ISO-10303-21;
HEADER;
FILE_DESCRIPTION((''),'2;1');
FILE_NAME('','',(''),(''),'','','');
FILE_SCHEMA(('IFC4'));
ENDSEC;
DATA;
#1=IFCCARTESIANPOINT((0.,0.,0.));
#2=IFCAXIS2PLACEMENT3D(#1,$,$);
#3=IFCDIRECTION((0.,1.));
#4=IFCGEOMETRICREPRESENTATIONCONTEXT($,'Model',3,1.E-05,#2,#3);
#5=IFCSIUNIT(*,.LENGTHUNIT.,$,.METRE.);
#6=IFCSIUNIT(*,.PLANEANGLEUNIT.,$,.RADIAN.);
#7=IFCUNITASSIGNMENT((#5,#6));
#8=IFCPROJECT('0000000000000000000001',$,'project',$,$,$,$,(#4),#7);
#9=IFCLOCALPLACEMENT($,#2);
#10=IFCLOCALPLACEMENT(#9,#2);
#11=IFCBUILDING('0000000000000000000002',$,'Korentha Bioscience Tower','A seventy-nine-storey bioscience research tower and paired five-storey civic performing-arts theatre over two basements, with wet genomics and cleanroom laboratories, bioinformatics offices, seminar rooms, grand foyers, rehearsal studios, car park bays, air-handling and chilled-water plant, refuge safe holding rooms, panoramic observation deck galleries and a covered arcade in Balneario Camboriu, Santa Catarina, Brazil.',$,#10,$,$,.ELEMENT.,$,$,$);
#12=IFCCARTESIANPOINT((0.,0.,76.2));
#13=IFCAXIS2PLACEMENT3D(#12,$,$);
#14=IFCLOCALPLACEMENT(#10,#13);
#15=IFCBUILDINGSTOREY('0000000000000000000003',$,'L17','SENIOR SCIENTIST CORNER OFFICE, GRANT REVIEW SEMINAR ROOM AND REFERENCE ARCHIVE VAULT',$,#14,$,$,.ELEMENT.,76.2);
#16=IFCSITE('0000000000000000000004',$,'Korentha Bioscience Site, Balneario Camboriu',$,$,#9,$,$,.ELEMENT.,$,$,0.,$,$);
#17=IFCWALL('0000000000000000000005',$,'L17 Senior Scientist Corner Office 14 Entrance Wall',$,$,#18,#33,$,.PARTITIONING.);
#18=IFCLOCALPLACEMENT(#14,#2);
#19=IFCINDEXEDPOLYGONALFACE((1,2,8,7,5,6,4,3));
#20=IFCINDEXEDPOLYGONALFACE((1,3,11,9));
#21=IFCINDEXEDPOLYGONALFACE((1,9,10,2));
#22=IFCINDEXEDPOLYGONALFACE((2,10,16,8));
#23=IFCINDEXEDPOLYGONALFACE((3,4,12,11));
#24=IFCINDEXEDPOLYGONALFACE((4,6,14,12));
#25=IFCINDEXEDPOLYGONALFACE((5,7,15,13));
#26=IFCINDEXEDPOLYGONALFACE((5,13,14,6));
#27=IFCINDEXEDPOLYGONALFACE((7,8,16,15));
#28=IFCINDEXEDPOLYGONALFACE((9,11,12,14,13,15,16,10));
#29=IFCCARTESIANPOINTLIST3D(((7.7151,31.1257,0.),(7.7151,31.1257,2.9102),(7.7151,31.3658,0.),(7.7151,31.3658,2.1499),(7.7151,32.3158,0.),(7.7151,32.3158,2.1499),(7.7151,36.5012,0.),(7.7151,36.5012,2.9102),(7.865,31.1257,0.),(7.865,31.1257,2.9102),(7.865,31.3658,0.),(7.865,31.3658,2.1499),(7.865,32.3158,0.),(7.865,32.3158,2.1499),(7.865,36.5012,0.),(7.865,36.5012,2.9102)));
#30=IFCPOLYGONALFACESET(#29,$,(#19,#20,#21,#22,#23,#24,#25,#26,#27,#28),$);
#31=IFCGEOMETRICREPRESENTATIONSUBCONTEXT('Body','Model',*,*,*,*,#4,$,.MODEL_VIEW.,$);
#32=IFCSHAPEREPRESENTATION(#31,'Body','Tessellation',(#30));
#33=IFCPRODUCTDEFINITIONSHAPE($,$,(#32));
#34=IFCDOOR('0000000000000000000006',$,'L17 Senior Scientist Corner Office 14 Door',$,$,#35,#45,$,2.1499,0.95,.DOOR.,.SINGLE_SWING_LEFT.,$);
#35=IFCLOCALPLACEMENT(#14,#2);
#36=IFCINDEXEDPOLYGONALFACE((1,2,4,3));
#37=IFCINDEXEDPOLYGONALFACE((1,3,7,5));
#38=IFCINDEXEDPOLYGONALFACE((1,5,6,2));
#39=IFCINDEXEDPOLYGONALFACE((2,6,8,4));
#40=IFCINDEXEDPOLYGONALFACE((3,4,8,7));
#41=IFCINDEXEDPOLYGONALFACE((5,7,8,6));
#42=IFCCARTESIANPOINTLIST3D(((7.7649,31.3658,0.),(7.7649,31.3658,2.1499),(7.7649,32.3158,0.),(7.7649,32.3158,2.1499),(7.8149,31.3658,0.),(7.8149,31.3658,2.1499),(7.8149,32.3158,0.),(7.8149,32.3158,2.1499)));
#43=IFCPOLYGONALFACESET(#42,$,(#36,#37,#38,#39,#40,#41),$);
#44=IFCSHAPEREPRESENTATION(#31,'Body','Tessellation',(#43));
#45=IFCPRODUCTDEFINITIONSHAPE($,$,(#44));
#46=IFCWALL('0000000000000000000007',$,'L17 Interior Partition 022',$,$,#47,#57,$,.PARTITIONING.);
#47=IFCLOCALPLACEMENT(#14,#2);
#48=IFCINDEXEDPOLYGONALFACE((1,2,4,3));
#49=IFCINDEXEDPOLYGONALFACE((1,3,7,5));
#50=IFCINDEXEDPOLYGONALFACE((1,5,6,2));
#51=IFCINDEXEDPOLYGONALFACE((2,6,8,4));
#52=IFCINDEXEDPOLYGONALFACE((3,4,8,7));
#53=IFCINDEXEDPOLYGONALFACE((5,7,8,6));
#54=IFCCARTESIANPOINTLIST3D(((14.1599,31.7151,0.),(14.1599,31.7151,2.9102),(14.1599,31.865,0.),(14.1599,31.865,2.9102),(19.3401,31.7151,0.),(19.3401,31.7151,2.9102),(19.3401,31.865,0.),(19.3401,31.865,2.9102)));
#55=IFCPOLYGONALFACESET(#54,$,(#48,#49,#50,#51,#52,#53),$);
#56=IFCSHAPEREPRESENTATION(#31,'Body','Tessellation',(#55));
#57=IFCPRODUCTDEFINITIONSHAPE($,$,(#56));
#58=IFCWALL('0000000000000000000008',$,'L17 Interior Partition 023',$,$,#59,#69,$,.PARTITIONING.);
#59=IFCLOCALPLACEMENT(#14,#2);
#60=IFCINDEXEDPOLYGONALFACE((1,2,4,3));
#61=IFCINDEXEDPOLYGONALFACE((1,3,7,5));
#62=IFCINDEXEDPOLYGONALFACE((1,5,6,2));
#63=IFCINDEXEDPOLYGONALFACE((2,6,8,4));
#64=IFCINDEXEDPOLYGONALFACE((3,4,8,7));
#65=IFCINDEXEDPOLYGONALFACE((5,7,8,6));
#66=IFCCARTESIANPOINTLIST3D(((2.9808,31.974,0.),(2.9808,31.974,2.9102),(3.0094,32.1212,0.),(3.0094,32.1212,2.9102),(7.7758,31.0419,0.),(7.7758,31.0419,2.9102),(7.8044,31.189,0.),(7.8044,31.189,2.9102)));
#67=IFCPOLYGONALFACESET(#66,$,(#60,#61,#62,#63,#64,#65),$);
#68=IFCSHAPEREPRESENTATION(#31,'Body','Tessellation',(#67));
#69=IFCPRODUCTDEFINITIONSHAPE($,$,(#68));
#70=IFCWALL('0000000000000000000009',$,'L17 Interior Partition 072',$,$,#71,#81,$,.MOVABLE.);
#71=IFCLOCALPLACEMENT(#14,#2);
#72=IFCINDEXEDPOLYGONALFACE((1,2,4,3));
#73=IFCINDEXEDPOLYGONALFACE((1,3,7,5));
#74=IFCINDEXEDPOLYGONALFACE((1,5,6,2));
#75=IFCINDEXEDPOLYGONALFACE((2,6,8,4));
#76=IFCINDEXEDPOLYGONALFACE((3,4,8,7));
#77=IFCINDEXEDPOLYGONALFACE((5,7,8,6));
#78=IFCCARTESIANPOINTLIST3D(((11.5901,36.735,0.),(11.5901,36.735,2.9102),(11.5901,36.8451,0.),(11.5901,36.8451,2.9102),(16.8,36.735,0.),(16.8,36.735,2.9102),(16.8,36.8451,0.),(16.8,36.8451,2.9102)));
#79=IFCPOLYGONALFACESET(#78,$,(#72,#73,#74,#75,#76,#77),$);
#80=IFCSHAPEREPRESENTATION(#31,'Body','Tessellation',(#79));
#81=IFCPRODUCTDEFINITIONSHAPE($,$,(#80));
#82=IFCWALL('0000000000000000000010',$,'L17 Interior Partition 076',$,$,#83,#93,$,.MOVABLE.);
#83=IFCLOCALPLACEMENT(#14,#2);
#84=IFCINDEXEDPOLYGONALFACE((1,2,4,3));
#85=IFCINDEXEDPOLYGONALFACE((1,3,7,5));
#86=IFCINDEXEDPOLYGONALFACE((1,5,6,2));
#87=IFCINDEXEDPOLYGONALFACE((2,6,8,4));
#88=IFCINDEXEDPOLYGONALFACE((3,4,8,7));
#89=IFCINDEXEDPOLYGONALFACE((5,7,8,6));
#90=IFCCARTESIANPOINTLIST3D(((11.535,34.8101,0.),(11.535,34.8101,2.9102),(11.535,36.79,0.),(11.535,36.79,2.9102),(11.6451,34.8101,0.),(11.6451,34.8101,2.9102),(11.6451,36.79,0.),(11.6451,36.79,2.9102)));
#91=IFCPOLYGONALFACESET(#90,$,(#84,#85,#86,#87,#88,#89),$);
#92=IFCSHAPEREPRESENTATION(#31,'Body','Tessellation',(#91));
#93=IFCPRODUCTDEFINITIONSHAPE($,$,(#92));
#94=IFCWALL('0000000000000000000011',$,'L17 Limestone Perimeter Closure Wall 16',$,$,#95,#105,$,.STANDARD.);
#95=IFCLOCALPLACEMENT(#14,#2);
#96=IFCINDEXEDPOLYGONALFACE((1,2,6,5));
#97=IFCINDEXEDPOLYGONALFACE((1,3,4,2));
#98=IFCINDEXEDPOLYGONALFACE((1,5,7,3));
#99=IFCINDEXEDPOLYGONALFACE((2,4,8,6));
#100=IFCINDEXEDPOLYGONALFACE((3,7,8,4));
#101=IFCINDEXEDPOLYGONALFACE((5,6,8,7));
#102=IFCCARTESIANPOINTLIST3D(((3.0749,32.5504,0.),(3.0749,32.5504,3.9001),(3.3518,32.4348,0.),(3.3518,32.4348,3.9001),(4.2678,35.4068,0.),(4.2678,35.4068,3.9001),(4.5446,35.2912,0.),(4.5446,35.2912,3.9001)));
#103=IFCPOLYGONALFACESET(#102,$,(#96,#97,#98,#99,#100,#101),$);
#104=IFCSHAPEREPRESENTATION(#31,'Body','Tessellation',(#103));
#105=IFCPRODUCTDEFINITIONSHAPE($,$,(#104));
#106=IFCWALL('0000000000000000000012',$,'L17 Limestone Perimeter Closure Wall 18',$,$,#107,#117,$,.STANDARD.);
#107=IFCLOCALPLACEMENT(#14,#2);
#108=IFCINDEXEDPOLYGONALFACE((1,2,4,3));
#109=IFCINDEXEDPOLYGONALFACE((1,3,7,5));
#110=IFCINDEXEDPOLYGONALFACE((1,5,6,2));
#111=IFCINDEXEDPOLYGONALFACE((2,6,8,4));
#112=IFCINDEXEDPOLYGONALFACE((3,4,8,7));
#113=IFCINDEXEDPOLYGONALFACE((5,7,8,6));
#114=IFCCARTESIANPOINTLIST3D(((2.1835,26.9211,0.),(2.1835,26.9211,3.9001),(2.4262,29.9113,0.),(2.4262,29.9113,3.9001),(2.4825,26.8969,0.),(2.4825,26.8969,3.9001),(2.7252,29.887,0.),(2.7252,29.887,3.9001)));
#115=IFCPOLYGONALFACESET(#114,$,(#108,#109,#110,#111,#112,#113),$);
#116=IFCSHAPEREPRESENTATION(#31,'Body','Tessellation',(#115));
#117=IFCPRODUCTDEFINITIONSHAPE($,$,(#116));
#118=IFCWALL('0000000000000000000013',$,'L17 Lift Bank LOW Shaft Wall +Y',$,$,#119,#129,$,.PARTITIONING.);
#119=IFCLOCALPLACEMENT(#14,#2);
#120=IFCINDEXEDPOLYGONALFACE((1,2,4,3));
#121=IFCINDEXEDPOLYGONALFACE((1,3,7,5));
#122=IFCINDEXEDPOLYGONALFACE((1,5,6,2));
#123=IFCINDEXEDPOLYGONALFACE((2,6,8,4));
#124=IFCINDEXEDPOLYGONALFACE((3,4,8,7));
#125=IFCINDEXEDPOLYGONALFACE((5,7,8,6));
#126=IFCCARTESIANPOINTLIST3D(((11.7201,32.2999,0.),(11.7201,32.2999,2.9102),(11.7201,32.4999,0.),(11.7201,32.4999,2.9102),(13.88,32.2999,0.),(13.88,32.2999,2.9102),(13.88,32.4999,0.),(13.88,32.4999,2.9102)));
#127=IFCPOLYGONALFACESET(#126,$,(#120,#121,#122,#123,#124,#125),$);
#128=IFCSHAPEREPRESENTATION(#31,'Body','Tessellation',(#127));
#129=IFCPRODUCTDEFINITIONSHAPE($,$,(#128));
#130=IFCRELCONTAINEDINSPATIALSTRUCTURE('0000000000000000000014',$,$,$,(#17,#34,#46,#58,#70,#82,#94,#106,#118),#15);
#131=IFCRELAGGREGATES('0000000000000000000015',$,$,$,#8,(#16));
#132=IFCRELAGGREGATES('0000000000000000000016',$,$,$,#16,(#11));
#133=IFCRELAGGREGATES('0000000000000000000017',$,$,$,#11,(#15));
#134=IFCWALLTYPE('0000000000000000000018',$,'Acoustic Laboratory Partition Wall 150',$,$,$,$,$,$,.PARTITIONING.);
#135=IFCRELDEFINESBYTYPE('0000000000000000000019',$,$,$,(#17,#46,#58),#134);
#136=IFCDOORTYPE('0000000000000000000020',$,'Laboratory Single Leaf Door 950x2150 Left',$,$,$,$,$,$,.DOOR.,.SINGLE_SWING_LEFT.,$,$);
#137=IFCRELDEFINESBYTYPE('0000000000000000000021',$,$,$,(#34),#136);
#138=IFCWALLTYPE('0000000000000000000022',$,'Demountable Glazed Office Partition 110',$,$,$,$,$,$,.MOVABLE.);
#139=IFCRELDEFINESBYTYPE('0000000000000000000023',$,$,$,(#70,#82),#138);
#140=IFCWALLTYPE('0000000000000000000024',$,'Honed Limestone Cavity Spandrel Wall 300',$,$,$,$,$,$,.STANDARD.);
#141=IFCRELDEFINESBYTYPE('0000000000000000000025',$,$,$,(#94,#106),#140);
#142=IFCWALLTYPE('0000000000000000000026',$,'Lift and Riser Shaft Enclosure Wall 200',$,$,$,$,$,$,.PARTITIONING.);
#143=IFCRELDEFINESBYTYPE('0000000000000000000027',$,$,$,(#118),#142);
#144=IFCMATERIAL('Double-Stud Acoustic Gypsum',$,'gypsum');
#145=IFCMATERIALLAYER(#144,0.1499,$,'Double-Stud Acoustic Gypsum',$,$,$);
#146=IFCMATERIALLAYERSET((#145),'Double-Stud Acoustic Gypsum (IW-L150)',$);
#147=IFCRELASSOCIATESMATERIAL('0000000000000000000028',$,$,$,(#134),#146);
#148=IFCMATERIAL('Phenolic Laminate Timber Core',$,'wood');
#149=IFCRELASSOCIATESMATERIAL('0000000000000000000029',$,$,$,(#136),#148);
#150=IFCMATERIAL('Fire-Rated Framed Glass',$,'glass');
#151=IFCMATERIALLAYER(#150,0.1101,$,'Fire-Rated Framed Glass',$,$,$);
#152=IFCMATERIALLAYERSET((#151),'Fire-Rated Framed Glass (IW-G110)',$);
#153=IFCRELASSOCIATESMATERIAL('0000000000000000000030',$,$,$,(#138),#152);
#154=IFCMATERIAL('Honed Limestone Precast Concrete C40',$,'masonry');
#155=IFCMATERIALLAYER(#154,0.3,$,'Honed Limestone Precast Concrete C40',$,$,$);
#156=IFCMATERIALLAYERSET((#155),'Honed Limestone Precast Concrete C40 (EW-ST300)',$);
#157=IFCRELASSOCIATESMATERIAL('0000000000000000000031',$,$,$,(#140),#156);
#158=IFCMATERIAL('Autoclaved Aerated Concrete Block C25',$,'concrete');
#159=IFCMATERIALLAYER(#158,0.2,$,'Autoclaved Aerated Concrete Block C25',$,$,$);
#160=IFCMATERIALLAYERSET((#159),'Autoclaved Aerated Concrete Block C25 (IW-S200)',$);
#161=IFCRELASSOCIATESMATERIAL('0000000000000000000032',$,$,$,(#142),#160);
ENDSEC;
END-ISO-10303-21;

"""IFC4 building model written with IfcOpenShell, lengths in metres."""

from ifc_helpers import new_model, si_unit, direction, frame, frame_2d, origin, place, context, subcontext, project, spatial, rectangle, extrude, material, layer, layer_set, type_object, element, fill, save


model = new_model("IFC4")

# Units and contexts
model_context = context("Model", 3, precision=1e-05, world=origin(), true_north=direction((0.0, 1.0)))
body_context = subcontext(model_context, "Body", "Model", "MODEL_VIEW")
ifc_project = project(units=[si_unit("LENGTHUNIT", "METRE"), si_unit("PLANEANGLEUNIT", "RADIAN")], contexts=[model_context])

# Site, building, storey
site_placement = place(None, origin())
site = spatial("IfcSite", under=ifc_project, at=site_placement, Name="Korentha Bioscience Site, Balneario Camboriu", CompositionType="ELEMENT", RefElevation=0.0)
building_placement = place(site_placement, origin())
building = spatial("IfcBuilding", under=site, at=building_placement, Name="Korentha Bioscience Tower", Description="A seventy-nine-storey bioscience research tower and paired five-storey civic performing-arts theatre over two basements, with wet genomics and cleanroom laboratories, bioinformatics offices, seminar rooms, grand foyers, rehearsal studios, car park bays, air-handling and chilled-water plant, refuge safe holding rooms, panoramic observation deck galleries and a covered arcade in Balneario Camboriu, Santa Catarina, Brazil.", CompositionType="ELEMENT")
storey_placement = place(building_placement, frame((0.0, 0.0, 76.2)))
storey = spatial("IfcBuildingStorey", under=building, at=storey_placement, Name="L17", Description="SENIOR SCIENTIST CORNER OFFICE, GRANT REVIEW SEMINAR ROOM AND REFERENCE ARCHIVE VAULT", CompositionType="ELEMENT", Elevation=76.2)

# Wall, opening, door
ifc_material_1 = material(Name="Double-Stud Acoustic Gypsum", Category="gypsum")
ifc_layer_1 = layer(ifc_material_1, 0.1499, Name="Double-Stud Acoustic Gypsum")
ifc_layer_set_1 = layer_set([ifc_layer_1], Name="Double-Stud Acoustic Gypsum (IW-L150)")
wall_type_1 = type_object("IfcWallType", Name="Acoustic Laboratory Partition Wall 150", PredefinedType="PARTITIONING", material=ifc_layer_set_1)
ifc_material_2 = material(Name="Phenolic Laminate Timber Core", Category="wood")
door_type_1 = type_object("IfcDoorType", Name="Laboratory Single Leaf Door 950x2150 Left", OperationType="SINGLE_SWING_LEFT", PredefinedType="DOOR", material=ifc_material_2)
wall_1_placement = place(storey_placement, frame((7.79, 36.5012, 0.0), z_axis=(0.0, 0.0, 1.0), x_axis=(0.0, -1.0, 0.0)))
wall_1 = element("IfcWall", 1, at=wall_1_placement, inside=storey, type_object=wall_type_1, Name="L17 Senior Scientist Corner Office 14 Entrance Wall", PredefinedType="PARTITIONING", context=body_context, shape_type="SweptSolid", body=[
    extrude(rectangle(XDim=5.3755, YDim=0.1499, at=frame_2d((2.6877, 0.0))), origin(), (0.0, 0.0, 1.0), 2.9102),
])
opening_1_placement = place(wall_1_placement, frame((4.1853, 0.0, 0.0)))
opening_1 = element("IfcOpeningElement", 2, at=opening_1_placement, cuts=wall_1, PredefinedType="OPENING", context=body_context, shape_type="SweptSolid", body=[
    extrude(rectangle(XDim=0.95, YDim=2.1499, at=frame_2d((0.4751, 1.075))), frame((0.0, 0.0898, 0.0), z_axis=(0.0, -1.0, 0.0), x_axis=(1.0, 0.0, 0.0)), (0.0, 0.0, 1.0), 0.1797),
])
door_1_placement = place(opening_1_placement, origin())
door_1 = element("IfcDoor", 3, at=door_1_placement, inside=storey, type_object=door_type_1, Name="L17 Senior Scientist Corner Office 14 Door", OperationType="SINGLE_SWING_LEFT", OverallHeight=2.1499, OverallWidth=0.95, PredefinedType="DOOR", context=body_context, shape_type="SweptSolid", body=[
    extrude(rectangle(XDim=0.95, YDim=2.1499, at=frame_2d((0.4751, 1.075))), frame((0.0, 0.0249, 0.0), z_axis=(0.0, -1.0, 0.0), x_axis=(1.0, 0.0, 0.0)), (0.0, 0.0, 1.0), 0.05),
])
fill(opening_1, door_1)

# Walls
wall_2_placement = place(storey_placement, frame((14.1599, 31.79, 0.0), z_axis=(0.0, 0.0, 1.0), x_axis=(1.0, 0.0, 0.0)))
element("IfcWall", 4, at=wall_2_placement, inside=storey, type_object=wall_type_1, Name="L17 Interior Partition 022", PredefinedType="PARTITIONING", context=body_context, shape_type="SweptSolid", body=[
    extrude(rectangle(XDim=5.1802, YDim=0.1499, at=frame_2d((2.5901, 0.0))), origin(), (0.0, 0.0, 1.0), 2.9102),
])
wall_3_placement = place(storey_placement, frame((2.9951, 32.0476, 0.0), z_axis=(0.0, 0.0, 1.0), x_axis=(0.981624, -0.190827, 0.0)))
element("IfcWall", 5, at=wall_3_placement, inside=storey, type_object=wall_type_1, Name="L17 Interior Partition 023", PredefinedType="PARTITIONING", context=body_context, shape_type="SweptSolid", body=[
    extrude(rectangle(XDim=4.8848, YDim=0.1499, at=frame_2d((2.4424, 0.0))), origin(), (0.0, 0.0, 1.0), 2.9102),
])
ifc_material_3 = material(Name="Fire-Rated Framed Glass", Category="glass")
ifc_layer_2 = layer(ifc_material_3, 0.1101, Name="Fire-Rated Framed Glass")
ifc_layer_set_2 = layer_set([ifc_layer_2], Name="Fire-Rated Framed Glass (IW-G110)")
wall_type_2 = type_object("IfcWallType", Name="Demountable Glazed Office Partition 110", PredefinedType="MOVABLE", material=ifc_layer_set_2)
wall_4_placement = place(storey_placement, frame((11.5901, 36.79, 0.0), z_axis=(0.0, 0.0, 1.0), x_axis=(1.0, 0.0, 0.0)))
element("IfcWall", 6, at=wall_4_placement, inside=storey, type_object=wall_type_2, Name="L17 Interior Partition 072", PredefinedType="MOVABLE", context=body_context, shape_type="SweptSolid", body=[
    extrude(rectangle(XDim=5.21, YDim=0.1101, at=frame_2d((2.605, 0.0))), origin(), (0.0, 0.0, 1.0), 2.9102),
])
wall_5_placement = place(storey_placement, frame((11.5901, 34.8101, 0.0), z_axis=(0.0, 0.0, 1.0), x_axis=(0.0, 1.0, 0.0)))
element("IfcWall", 7, at=wall_5_placement, inside=storey, type_object=wall_type_2, Name="L17 Interior Partition 076", PredefinedType="MOVABLE", context=body_context, shape_type="SweptSolid", body=[
    extrude(rectangle(XDim=1.98, YDim=0.1101, at=frame_2d((0.99, 0.0))), origin(), (0.0, 0.0, 1.0), 2.9102),
])

# Shared definitions
ifc_material_4 = material(Name="Honed Limestone Precast Concrete C40", Category="masonry")
ifc_layer_3 = layer(ifc_material_4, 0.3, Name="Honed Limestone Precast Concrete C40")
ifc_layer_set_3 = layer_set([ifc_layer_3], Name="Honed Limestone Precast Concrete C40 (EW-ST300)")
wall_type_3 = type_object("IfcWallType", Name="Honed Limestone Cavity Spandrel Wall 300", PredefinedType="STANDARD", material=ifc_layer_set_3)

# Walls
wall_6_placement = place(storey_placement, frame((4.4062, 35.3491, 0.0), z_axis=(0.0, 0.0, 1.0), x_axis=(-0.385354, -0.922769, 0.0)))
element("IfcWall", 8, at=wall_6_placement, inside=storey, type_object=wall_type_3, Name="L17 Limestone Perimeter Closure Wall 16", PredefinedType="STANDARD", context=body_context, shape_type="SweptSolid", body=[
    extrude(rectangle(XDim=3.0955, YDim=0.3, at=frame_2d((1.5479, 0.0))), origin(), (0.0, 0.0, 1.0), 3.9001),
])
wall_7_placement = place(storey_placement, frame((2.5757, 29.8992, 0.0), z_axis=(0.0, 0.0, 1.0), x_axis=(-0.08089, -0.996723, 0.0)))
element("IfcWall", 9, at=wall_7_placement, inside=storey, type_object=wall_type_3, Name="L17 Limestone Perimeter Closure Wall 18", PredefinedType="STANDARD", context=body_context, shape_type="SweptSolid", body=[
    extrude(rectangle(XDim=3.0, YDim=0.3, at=frame_2d((1.5, 0.0))), origin(), (0.0, 0.0, 1.0), 3.9001),
])
ifc_material_5 = material(Name="Autoclaved Aerated Concrete Block C25", Category="concrete")
ifc_layer_4 = layer(ifc_material_5, 0.2, Name="Autoclaved Aerated Concrete Block C25")
ifc_layer_set_4 = layer_set([ifc_layer_4], Name="Autoclaved Aerated Concrete Block C25 (IW-S200)")
wall_type_4 = type_object("IfcWallType", Name="Lift and Riser Shaft Enclosure Wall 200", PredefinedType="PARTITIONING", material=ifc_layer_set_4)
wall_8_placement = place(storey_placement, frame((11.72, 32.3999, 0.0), z_axis=(0.0, 0.0, 1.0), x_axis=(1.0, 0.0, 0.0)))
element("IfcWall", 10, at=wall_8_placement, inside=storey, type_object=wall_type_4, Name="L17 Lift Bank LOW Shaft Wall +Y", PredefinedType="PARTITIONING", context=body_context, shape_type="SweptSolid", body=[
    extrude(rectangle(XDim=2.1599, YDim=0.2, at=frame_2d((1.0801, 0.0))), origin(), (0.0, 0.0, 1.0), 2.9102),
])

save(model, "model.ifc")
